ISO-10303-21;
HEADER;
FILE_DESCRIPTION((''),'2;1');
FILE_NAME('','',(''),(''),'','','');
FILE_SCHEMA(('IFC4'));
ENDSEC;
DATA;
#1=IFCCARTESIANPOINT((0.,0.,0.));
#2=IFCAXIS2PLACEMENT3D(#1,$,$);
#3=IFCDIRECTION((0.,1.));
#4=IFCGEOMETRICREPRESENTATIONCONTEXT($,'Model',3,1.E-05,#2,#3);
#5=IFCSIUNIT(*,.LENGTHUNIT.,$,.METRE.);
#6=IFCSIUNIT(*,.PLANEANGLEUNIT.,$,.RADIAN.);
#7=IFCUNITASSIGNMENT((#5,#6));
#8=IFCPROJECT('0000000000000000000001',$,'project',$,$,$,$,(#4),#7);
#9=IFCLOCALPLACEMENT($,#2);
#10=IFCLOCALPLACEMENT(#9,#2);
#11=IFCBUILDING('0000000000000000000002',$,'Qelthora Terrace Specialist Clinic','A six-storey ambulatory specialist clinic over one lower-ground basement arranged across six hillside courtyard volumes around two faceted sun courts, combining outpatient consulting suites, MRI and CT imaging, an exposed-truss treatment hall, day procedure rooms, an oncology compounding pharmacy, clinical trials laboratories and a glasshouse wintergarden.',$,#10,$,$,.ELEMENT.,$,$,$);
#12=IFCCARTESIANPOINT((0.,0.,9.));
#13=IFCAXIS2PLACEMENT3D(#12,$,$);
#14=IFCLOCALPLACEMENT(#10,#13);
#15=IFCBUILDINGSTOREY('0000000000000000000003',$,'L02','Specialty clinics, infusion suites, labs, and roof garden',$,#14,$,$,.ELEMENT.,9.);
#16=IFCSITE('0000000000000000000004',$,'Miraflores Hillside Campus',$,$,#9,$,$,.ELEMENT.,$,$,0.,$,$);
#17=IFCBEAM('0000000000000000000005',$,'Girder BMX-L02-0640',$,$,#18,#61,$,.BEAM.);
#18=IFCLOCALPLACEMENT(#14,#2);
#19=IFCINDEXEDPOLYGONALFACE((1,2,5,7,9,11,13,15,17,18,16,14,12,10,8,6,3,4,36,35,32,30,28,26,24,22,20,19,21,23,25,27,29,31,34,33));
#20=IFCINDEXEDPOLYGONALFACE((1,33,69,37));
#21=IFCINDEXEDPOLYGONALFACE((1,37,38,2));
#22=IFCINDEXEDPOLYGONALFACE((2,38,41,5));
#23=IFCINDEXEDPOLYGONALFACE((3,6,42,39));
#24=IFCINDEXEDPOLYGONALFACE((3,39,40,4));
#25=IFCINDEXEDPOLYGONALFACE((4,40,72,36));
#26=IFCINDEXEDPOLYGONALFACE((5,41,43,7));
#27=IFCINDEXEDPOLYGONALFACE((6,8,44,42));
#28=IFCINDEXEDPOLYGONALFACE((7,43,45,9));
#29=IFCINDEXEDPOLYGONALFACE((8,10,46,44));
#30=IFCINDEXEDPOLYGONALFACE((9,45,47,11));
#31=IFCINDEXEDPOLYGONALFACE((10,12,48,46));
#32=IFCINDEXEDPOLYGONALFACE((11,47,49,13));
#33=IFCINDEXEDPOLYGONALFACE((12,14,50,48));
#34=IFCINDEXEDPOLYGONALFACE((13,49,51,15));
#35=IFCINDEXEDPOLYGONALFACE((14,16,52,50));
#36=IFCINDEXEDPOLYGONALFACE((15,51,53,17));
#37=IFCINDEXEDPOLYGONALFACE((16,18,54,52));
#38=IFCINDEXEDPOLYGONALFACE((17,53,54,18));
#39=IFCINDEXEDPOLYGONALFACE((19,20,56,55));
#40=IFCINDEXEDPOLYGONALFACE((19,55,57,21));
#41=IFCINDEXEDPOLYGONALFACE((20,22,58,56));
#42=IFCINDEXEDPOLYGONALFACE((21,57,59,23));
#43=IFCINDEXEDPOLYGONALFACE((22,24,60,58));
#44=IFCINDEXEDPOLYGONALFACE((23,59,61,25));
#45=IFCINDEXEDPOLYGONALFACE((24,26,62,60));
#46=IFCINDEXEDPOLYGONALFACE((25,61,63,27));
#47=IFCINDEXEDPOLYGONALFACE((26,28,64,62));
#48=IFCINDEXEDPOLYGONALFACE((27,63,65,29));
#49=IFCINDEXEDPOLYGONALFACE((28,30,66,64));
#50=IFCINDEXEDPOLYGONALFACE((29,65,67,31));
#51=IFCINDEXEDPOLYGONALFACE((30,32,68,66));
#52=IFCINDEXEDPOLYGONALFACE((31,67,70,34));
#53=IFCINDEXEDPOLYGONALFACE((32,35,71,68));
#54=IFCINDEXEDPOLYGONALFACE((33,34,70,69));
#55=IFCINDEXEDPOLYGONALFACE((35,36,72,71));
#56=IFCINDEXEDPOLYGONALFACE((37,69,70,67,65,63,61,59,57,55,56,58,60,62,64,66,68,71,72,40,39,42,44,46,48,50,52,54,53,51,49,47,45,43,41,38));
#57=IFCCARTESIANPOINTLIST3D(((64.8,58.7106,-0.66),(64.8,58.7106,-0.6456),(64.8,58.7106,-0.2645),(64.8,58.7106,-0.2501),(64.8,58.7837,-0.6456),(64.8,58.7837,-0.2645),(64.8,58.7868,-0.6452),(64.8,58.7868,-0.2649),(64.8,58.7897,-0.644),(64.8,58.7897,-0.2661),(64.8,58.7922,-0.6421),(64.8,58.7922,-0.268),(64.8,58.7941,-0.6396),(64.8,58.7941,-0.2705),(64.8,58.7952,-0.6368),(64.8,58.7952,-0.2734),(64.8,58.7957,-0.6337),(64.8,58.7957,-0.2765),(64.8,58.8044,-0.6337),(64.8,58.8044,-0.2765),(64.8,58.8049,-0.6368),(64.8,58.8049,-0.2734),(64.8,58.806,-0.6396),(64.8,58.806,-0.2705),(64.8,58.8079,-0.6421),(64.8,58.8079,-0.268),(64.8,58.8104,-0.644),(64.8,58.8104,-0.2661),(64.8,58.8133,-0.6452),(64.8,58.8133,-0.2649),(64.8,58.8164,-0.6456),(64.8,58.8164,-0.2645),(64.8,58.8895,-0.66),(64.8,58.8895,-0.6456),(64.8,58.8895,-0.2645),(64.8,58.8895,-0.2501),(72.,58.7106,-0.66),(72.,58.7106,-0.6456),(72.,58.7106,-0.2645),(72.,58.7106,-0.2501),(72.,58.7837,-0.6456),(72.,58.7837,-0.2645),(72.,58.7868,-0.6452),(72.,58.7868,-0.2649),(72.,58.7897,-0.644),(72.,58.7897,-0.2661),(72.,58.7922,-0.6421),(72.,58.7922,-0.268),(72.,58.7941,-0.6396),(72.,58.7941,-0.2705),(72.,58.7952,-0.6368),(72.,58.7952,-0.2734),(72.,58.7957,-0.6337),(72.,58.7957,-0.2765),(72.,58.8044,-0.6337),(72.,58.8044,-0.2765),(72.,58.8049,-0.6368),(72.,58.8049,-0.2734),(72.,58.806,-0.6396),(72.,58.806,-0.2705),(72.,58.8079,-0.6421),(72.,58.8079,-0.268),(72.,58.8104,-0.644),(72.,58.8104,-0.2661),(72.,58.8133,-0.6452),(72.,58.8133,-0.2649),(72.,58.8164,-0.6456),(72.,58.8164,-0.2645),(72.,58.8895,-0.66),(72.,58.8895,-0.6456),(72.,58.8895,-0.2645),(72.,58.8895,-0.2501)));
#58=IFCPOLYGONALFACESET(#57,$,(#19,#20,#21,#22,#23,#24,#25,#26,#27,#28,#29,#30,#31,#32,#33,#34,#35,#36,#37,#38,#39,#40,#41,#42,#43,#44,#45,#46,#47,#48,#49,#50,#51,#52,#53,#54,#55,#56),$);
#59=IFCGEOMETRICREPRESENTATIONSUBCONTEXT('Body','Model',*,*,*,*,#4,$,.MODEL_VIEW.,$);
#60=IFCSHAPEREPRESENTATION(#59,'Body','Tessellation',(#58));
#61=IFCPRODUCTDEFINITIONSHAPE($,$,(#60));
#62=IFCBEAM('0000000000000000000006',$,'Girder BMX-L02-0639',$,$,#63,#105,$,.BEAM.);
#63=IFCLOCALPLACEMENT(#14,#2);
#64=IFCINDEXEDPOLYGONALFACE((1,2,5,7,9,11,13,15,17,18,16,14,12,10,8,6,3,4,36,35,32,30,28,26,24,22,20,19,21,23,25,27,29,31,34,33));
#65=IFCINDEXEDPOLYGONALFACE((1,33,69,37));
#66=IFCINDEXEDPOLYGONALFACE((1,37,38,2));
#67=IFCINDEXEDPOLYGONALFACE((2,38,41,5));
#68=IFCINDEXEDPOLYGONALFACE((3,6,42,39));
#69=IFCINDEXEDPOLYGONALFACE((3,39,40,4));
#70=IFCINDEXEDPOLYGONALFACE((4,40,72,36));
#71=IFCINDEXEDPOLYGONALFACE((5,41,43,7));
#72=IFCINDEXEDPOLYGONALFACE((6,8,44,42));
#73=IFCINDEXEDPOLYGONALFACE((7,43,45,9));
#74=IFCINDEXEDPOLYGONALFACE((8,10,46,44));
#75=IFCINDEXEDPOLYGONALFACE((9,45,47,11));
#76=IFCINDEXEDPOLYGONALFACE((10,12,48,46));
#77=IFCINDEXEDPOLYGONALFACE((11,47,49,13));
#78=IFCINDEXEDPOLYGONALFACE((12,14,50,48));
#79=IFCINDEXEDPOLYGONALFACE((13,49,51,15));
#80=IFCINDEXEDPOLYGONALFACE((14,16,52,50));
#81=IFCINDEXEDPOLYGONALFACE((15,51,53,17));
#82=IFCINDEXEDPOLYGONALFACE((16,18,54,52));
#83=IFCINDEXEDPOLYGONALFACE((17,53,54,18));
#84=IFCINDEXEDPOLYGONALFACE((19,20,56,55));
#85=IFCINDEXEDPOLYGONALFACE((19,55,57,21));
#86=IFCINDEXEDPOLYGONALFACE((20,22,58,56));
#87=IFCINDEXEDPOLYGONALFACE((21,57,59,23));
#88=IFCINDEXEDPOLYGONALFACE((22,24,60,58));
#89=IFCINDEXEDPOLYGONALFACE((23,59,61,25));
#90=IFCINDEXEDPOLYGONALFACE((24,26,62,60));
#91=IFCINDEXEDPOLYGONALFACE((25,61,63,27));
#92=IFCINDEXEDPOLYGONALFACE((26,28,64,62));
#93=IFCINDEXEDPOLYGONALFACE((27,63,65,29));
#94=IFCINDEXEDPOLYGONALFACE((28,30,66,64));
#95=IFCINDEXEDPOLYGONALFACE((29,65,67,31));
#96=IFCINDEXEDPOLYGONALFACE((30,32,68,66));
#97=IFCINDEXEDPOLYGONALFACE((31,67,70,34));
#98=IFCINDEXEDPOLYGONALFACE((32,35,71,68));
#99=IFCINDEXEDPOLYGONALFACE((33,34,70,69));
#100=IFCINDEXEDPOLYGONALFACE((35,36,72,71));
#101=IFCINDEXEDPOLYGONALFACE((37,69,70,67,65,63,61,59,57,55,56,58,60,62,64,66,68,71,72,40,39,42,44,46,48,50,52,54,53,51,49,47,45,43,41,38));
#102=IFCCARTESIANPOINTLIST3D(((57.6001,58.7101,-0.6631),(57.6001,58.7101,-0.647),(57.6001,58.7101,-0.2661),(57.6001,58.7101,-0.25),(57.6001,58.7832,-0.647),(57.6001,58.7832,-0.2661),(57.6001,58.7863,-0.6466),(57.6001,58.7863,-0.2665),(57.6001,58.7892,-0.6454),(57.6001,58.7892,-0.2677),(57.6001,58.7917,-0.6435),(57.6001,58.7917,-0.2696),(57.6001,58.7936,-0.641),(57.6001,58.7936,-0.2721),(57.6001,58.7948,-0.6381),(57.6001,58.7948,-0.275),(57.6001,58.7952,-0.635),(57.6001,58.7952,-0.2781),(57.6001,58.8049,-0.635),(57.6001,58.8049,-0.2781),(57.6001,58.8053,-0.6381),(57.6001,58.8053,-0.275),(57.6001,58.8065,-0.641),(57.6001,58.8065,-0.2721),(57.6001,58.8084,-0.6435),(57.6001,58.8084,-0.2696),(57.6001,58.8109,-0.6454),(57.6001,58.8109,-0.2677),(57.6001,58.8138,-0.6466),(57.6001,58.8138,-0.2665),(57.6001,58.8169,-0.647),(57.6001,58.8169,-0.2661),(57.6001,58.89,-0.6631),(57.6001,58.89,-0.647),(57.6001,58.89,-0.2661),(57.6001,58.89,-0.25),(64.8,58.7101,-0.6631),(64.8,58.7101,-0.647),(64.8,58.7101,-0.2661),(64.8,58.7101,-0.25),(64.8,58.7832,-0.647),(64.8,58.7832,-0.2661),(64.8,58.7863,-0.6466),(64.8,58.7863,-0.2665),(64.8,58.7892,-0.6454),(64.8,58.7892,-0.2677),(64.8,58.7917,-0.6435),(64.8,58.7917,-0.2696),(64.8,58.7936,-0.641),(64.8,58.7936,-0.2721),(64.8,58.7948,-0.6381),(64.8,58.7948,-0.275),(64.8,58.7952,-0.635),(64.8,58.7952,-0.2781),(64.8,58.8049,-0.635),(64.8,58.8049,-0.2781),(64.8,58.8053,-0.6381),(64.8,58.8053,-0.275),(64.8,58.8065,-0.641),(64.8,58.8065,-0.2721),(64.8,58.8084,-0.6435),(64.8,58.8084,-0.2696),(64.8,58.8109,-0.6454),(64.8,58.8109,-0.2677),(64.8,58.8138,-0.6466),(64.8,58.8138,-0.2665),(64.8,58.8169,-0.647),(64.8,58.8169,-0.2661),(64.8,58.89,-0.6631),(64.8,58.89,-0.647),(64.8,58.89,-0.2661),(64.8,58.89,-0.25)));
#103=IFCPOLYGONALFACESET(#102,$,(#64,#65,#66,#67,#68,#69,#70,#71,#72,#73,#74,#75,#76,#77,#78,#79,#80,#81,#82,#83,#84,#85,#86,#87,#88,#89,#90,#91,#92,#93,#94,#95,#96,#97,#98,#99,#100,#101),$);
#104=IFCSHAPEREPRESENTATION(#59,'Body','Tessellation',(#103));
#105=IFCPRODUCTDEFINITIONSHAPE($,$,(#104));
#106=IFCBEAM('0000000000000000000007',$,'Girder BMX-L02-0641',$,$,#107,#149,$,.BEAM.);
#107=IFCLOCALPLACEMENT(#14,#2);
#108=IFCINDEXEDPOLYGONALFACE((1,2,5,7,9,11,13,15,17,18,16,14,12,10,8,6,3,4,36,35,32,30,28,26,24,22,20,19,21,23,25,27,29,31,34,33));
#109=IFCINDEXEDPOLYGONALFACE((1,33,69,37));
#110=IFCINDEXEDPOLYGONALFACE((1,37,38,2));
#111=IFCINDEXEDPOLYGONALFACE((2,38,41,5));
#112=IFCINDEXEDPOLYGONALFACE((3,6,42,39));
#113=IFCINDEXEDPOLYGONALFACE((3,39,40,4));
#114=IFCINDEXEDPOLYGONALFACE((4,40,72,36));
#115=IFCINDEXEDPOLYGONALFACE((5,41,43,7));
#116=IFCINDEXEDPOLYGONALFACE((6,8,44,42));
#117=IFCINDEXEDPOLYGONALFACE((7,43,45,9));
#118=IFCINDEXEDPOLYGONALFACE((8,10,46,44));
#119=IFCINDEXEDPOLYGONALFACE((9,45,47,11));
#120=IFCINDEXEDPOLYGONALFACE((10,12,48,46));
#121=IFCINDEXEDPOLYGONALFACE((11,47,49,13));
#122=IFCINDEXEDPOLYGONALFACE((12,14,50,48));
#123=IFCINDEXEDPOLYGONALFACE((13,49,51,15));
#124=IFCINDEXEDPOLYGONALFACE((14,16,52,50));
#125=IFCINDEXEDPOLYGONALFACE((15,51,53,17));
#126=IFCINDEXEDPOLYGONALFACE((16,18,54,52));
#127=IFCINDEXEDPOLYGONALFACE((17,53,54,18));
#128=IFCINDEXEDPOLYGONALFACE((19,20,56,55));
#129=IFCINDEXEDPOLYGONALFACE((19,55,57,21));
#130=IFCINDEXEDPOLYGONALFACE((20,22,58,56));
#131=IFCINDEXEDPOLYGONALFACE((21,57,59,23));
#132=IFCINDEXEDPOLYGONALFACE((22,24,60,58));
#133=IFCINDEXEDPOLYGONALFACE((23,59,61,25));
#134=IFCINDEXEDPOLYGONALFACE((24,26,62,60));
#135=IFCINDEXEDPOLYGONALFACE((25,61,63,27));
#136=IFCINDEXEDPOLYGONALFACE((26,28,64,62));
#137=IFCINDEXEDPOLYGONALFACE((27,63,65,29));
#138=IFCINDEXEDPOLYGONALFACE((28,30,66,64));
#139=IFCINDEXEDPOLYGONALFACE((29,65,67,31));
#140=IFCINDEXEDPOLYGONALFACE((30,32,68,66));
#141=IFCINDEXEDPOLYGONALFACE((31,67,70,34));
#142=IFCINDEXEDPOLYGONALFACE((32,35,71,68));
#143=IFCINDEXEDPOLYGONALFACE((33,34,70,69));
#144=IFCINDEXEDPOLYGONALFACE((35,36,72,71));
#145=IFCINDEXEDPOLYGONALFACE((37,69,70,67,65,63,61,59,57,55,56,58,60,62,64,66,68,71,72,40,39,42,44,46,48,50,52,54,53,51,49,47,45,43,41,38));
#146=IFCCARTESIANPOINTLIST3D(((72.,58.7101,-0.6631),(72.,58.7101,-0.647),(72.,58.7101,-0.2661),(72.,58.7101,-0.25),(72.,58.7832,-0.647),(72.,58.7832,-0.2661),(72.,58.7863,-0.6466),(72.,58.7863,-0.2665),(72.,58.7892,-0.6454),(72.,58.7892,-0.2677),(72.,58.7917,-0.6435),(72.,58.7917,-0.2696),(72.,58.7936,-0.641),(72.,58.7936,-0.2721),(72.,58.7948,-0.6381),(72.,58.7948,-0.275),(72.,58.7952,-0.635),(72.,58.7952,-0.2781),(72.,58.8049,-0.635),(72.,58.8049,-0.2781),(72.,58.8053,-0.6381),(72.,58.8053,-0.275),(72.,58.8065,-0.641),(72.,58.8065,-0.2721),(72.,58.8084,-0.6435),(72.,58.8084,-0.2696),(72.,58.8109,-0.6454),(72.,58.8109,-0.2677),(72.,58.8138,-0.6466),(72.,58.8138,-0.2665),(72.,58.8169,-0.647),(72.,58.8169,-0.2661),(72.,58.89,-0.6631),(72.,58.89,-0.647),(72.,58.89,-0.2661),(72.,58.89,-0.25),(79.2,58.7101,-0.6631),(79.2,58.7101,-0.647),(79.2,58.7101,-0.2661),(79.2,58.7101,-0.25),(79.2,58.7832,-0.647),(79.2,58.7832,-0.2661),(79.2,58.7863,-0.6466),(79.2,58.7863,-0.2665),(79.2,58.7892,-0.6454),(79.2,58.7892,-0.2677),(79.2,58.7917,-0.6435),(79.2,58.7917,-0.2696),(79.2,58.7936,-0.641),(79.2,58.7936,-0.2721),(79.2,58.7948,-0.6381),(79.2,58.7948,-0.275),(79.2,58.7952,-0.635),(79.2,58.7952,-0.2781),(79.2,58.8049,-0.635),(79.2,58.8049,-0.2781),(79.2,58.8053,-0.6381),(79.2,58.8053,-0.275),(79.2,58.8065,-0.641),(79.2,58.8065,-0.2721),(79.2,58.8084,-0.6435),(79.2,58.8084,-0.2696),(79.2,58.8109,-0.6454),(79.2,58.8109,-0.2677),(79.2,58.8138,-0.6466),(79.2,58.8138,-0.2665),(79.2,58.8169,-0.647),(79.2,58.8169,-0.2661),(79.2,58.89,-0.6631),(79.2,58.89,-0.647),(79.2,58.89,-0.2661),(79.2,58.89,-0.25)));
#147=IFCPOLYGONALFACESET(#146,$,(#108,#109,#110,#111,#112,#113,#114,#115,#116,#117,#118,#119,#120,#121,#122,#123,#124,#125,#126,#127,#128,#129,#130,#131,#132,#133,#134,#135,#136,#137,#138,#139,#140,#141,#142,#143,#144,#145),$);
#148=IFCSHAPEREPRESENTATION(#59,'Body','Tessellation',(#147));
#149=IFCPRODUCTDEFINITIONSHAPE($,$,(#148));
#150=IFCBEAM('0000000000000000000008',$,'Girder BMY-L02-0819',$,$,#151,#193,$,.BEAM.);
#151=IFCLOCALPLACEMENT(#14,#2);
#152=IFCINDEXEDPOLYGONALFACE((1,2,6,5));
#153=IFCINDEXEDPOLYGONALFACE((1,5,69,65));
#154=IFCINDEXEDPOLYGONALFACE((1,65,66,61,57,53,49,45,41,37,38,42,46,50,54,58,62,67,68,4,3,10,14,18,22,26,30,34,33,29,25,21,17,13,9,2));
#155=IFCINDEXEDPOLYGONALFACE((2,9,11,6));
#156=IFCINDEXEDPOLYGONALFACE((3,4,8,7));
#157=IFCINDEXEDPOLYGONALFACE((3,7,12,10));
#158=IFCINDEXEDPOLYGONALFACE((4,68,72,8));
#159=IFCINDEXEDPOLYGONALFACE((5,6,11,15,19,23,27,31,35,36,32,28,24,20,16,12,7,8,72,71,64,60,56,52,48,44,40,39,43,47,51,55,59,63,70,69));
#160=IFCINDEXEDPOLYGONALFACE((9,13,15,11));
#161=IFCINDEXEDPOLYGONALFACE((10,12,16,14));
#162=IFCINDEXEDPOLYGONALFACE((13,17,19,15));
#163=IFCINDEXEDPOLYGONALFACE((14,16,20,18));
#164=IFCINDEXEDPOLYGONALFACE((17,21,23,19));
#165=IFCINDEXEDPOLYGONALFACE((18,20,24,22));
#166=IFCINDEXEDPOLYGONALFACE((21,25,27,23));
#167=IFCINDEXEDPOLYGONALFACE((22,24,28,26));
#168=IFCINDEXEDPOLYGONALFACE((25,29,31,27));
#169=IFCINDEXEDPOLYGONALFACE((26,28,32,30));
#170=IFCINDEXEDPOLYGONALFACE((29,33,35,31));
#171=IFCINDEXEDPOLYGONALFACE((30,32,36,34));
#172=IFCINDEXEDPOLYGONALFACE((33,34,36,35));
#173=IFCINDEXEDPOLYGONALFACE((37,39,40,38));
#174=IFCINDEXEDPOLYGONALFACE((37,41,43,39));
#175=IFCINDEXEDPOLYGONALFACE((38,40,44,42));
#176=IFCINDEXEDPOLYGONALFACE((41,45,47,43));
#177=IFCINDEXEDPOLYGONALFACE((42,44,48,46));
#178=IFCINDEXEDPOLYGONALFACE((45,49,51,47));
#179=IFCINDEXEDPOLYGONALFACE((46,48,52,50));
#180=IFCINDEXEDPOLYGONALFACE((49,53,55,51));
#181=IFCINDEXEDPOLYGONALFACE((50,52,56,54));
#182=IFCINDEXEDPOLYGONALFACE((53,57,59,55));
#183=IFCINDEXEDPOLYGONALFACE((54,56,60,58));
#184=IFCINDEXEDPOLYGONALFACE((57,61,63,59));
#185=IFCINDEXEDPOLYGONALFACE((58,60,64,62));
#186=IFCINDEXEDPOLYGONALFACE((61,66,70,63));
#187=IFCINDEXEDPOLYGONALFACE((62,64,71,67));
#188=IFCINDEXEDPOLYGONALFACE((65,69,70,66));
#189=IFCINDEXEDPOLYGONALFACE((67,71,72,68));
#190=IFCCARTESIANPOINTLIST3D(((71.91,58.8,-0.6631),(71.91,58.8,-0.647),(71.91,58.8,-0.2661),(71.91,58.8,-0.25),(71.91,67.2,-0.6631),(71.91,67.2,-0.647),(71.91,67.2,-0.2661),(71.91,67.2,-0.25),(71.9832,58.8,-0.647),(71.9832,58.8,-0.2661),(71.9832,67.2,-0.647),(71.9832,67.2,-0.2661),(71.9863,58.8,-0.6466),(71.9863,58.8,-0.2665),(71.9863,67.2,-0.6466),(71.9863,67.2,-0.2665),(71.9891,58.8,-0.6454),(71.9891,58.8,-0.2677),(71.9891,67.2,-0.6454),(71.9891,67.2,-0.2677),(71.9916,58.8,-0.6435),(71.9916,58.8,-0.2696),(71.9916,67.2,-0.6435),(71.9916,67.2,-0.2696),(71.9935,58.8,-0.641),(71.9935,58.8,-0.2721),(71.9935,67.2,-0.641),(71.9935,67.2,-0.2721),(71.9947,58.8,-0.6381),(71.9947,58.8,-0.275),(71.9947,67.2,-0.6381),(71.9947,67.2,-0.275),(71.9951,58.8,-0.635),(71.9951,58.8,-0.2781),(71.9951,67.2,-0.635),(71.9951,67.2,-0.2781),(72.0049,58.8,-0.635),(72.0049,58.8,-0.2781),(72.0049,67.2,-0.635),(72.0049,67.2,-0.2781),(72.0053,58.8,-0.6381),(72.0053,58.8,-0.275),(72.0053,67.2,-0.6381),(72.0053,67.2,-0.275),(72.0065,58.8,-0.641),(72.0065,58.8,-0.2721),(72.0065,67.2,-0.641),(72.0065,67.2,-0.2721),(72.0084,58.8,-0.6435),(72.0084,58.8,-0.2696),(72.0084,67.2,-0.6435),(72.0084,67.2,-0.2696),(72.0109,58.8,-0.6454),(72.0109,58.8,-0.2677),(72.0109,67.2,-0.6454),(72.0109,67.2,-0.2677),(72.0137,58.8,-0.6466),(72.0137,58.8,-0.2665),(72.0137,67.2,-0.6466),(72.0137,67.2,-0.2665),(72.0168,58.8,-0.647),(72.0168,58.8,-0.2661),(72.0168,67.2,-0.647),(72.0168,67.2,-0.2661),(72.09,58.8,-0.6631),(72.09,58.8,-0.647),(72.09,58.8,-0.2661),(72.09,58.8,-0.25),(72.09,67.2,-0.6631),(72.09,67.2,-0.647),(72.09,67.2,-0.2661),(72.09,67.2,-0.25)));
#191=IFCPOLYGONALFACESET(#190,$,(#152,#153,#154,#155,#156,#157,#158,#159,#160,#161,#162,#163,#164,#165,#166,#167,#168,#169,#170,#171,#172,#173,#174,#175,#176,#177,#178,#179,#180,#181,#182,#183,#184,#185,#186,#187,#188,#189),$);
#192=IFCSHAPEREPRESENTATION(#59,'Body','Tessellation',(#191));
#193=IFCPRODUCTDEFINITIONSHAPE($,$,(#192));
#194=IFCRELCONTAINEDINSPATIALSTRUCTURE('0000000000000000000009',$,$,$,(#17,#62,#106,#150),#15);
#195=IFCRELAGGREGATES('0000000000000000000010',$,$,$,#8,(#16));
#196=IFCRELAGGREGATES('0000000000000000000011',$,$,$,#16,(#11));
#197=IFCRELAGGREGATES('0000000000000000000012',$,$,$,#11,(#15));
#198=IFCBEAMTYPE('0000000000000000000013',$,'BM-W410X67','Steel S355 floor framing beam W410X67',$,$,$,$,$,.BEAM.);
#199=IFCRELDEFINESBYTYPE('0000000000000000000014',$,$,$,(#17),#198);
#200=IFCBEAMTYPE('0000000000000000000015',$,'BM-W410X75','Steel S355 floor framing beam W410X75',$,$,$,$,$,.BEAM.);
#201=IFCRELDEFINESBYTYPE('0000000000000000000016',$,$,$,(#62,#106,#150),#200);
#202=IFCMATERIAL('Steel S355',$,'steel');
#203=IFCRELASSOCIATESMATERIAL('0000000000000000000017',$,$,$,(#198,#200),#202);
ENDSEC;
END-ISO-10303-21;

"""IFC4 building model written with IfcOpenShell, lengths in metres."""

from ifc_helpers import new_model, si_unit, direction, frame, origin, origin_2d, place, context, subcontext, project, spatial, i_section, extrude, material, material_profile, profile_set, type_object, element, save


model = new_model("IFC4")

# Units and contexts
model_context = context("Model", 3, precision=1e-05, world=origin(), true_north=direction((0.0, 1.0)))
body_context = subcontext(model_context, "Body", "Model", "MODEL_VIEW")
ifc_project = project(units=[si_unit("LENGTHUNIT", "METRE"), si_unit("PLANEANGLEUNIT", "RADIAN")], contexts=[model_context])

# Site, building, storey
site_placement = place(None, origin())
site = spatial("IfcSite", under=ifc_project, at=site_placement, Name="Miraflores Hillside Campus", CompositionType="ELEMENT", RefElevation=0.0)
building_placement = place(site_placement, origin())
building = spatial("IfcBuilding", under=site, at=building_placement, Name="Qelthora Terrace Specialist Clinic", Description="A six-storey ambulatory specialist clinic over one lower-ground basement arranged across six hillside courtyard volumes around two faceted sun courts, combining outpatient consulting suites, MRI and CT imaging, an exposed-truss treatment hall, day procedure rooms, an oncology compounding pharmacy, clinical trials laboratories and a glasshouse wintergarden.", CompositionType="ELEMENT")
storey_placement = place(building_placement, frame((0.0, 0.0, 9.0)))
storey = spatial("IfcBuildingStorey", under=building, at=storey_placement, Name="L02", Description="Specialty clinics, infusion suites, labs, and roof garden", CompositionType="ELEMENT", Elevation=9.0)

# Shared definitions
ifc_material = material(Name="Steel S355", Category="steel")

# Beams
ifc_material_profile_1 = material_profile(ifc_material, i_section(OverallWidth=0.179, OverallDepth=0.4099, WebThickness=0.0088, FlangeThickness=0.0144, FilletRadius=0.012, at=origin_2d()), Name="W410X67")
ifc_profile_set_1 = profile_set([ifc_material_profile_1], Name="Steel S355")
beam_type_1 = type_object("IfcBeamType", Name="BM-W410X67", Description="Steel S355 floor framing beam W410X67", PredefinedType="BEAM", material=ifc_profile_set_1)
beam_1_placement = place(storey_placement, frame((64.8, 58.8, -0.4551), z_axis=(1.0, 0.0, 0.0), x_axis=(0.0, 1.0, 0.0)))
element("IfcBeam", 1, at=beam_1_placement, inside=storey, type_object=beam_type_1, Name="Girder BMX-L02-0640", PredefinedType="BEAM", context=body_context, shape_type="SweptSolid", body=[
    extrude(i_section(OverallWidth=0.179, OverallDepth=0.4099, WebThickness=0.0088, FlangeThickness=0.0144, FilletRadius=0.012, at=origin_2d()), origin(), (0.0, 0.0, 1.0), 7.2),
])
ifc_material_profile_2 = material_profile(ifc_material, i_section(OverallWidth=0.1799, OverallDepth=0.4131, WebThickness=0.0098, FlangeThickness=0.0161, FilletRadius=0.012, at=origin_2d()), Name="W410X75")
ifc_profile_set_2 = profile_set([ifc_material_profile_2], Name="Steel S355")
beam_type_2 = type_object("IfcBeamType", Name="BM-W410X75", Description="Steel S355 floor framing beam W410X75", PredefinedType="BEAM", material=ifc_profile_set_2)
for number, where, z_axis, x_axis, name in (
    (2, (57.6001, 58.8, -0.4565), (1.0, 0.0, 0.0), (0.0, 1.0, 0.0), "Girder BMX-L02-0639"),
    (3, (72.0, 58.8, -0.4565), (1.0, 0.0, 0.0), (0.0, 1.0, 0.0), "Girder BMX-L02-0641"),
):
    element("IfcBeam", number, at=place(storey_placement, frame(where, z_axis=z_axis, x_axis=x_axis)), inside=storey, type_object=beam_type_2, Name=name, PredefinedType="BEAM", context=body_context, shape_type="SweptSolid", body=[
        extrude(i_section(OverallWidth=0.1799, OverallDepth=0.4131, WebThickness=0.0098, FlangeThickness=0.0161, FilletRadius=0.012, at=origin_2d()), origin(), (0.0, 0.0, 1.0), 7.2),
    ])
beam_2_placement = place(storey_placement, frame((72.0, 58.8, -0.4565), z_axis=(0.0, 1.0, 0.0), x_axis=(-1.0, 0.0, 0.0)))
element("IfcBeam", 4, at=beam_2_placement, inside=storey, type_object=beam_type_2, Name="Girder BMY-L02-0819", PredefinedType="BEAM", context=body_context, shape_type="SweptSolid", body=[
    extrude(i_section(OverallWidth=0.1799, OverallDepth=0.4131, WebThickness=0.0098, FlangeThickness=0.0161, FilletRadius=0.012, at=origin_2d()), origin(), (0.0, 0.0, 1.0), 8.3999),
])

save(model, "model.ifc")
